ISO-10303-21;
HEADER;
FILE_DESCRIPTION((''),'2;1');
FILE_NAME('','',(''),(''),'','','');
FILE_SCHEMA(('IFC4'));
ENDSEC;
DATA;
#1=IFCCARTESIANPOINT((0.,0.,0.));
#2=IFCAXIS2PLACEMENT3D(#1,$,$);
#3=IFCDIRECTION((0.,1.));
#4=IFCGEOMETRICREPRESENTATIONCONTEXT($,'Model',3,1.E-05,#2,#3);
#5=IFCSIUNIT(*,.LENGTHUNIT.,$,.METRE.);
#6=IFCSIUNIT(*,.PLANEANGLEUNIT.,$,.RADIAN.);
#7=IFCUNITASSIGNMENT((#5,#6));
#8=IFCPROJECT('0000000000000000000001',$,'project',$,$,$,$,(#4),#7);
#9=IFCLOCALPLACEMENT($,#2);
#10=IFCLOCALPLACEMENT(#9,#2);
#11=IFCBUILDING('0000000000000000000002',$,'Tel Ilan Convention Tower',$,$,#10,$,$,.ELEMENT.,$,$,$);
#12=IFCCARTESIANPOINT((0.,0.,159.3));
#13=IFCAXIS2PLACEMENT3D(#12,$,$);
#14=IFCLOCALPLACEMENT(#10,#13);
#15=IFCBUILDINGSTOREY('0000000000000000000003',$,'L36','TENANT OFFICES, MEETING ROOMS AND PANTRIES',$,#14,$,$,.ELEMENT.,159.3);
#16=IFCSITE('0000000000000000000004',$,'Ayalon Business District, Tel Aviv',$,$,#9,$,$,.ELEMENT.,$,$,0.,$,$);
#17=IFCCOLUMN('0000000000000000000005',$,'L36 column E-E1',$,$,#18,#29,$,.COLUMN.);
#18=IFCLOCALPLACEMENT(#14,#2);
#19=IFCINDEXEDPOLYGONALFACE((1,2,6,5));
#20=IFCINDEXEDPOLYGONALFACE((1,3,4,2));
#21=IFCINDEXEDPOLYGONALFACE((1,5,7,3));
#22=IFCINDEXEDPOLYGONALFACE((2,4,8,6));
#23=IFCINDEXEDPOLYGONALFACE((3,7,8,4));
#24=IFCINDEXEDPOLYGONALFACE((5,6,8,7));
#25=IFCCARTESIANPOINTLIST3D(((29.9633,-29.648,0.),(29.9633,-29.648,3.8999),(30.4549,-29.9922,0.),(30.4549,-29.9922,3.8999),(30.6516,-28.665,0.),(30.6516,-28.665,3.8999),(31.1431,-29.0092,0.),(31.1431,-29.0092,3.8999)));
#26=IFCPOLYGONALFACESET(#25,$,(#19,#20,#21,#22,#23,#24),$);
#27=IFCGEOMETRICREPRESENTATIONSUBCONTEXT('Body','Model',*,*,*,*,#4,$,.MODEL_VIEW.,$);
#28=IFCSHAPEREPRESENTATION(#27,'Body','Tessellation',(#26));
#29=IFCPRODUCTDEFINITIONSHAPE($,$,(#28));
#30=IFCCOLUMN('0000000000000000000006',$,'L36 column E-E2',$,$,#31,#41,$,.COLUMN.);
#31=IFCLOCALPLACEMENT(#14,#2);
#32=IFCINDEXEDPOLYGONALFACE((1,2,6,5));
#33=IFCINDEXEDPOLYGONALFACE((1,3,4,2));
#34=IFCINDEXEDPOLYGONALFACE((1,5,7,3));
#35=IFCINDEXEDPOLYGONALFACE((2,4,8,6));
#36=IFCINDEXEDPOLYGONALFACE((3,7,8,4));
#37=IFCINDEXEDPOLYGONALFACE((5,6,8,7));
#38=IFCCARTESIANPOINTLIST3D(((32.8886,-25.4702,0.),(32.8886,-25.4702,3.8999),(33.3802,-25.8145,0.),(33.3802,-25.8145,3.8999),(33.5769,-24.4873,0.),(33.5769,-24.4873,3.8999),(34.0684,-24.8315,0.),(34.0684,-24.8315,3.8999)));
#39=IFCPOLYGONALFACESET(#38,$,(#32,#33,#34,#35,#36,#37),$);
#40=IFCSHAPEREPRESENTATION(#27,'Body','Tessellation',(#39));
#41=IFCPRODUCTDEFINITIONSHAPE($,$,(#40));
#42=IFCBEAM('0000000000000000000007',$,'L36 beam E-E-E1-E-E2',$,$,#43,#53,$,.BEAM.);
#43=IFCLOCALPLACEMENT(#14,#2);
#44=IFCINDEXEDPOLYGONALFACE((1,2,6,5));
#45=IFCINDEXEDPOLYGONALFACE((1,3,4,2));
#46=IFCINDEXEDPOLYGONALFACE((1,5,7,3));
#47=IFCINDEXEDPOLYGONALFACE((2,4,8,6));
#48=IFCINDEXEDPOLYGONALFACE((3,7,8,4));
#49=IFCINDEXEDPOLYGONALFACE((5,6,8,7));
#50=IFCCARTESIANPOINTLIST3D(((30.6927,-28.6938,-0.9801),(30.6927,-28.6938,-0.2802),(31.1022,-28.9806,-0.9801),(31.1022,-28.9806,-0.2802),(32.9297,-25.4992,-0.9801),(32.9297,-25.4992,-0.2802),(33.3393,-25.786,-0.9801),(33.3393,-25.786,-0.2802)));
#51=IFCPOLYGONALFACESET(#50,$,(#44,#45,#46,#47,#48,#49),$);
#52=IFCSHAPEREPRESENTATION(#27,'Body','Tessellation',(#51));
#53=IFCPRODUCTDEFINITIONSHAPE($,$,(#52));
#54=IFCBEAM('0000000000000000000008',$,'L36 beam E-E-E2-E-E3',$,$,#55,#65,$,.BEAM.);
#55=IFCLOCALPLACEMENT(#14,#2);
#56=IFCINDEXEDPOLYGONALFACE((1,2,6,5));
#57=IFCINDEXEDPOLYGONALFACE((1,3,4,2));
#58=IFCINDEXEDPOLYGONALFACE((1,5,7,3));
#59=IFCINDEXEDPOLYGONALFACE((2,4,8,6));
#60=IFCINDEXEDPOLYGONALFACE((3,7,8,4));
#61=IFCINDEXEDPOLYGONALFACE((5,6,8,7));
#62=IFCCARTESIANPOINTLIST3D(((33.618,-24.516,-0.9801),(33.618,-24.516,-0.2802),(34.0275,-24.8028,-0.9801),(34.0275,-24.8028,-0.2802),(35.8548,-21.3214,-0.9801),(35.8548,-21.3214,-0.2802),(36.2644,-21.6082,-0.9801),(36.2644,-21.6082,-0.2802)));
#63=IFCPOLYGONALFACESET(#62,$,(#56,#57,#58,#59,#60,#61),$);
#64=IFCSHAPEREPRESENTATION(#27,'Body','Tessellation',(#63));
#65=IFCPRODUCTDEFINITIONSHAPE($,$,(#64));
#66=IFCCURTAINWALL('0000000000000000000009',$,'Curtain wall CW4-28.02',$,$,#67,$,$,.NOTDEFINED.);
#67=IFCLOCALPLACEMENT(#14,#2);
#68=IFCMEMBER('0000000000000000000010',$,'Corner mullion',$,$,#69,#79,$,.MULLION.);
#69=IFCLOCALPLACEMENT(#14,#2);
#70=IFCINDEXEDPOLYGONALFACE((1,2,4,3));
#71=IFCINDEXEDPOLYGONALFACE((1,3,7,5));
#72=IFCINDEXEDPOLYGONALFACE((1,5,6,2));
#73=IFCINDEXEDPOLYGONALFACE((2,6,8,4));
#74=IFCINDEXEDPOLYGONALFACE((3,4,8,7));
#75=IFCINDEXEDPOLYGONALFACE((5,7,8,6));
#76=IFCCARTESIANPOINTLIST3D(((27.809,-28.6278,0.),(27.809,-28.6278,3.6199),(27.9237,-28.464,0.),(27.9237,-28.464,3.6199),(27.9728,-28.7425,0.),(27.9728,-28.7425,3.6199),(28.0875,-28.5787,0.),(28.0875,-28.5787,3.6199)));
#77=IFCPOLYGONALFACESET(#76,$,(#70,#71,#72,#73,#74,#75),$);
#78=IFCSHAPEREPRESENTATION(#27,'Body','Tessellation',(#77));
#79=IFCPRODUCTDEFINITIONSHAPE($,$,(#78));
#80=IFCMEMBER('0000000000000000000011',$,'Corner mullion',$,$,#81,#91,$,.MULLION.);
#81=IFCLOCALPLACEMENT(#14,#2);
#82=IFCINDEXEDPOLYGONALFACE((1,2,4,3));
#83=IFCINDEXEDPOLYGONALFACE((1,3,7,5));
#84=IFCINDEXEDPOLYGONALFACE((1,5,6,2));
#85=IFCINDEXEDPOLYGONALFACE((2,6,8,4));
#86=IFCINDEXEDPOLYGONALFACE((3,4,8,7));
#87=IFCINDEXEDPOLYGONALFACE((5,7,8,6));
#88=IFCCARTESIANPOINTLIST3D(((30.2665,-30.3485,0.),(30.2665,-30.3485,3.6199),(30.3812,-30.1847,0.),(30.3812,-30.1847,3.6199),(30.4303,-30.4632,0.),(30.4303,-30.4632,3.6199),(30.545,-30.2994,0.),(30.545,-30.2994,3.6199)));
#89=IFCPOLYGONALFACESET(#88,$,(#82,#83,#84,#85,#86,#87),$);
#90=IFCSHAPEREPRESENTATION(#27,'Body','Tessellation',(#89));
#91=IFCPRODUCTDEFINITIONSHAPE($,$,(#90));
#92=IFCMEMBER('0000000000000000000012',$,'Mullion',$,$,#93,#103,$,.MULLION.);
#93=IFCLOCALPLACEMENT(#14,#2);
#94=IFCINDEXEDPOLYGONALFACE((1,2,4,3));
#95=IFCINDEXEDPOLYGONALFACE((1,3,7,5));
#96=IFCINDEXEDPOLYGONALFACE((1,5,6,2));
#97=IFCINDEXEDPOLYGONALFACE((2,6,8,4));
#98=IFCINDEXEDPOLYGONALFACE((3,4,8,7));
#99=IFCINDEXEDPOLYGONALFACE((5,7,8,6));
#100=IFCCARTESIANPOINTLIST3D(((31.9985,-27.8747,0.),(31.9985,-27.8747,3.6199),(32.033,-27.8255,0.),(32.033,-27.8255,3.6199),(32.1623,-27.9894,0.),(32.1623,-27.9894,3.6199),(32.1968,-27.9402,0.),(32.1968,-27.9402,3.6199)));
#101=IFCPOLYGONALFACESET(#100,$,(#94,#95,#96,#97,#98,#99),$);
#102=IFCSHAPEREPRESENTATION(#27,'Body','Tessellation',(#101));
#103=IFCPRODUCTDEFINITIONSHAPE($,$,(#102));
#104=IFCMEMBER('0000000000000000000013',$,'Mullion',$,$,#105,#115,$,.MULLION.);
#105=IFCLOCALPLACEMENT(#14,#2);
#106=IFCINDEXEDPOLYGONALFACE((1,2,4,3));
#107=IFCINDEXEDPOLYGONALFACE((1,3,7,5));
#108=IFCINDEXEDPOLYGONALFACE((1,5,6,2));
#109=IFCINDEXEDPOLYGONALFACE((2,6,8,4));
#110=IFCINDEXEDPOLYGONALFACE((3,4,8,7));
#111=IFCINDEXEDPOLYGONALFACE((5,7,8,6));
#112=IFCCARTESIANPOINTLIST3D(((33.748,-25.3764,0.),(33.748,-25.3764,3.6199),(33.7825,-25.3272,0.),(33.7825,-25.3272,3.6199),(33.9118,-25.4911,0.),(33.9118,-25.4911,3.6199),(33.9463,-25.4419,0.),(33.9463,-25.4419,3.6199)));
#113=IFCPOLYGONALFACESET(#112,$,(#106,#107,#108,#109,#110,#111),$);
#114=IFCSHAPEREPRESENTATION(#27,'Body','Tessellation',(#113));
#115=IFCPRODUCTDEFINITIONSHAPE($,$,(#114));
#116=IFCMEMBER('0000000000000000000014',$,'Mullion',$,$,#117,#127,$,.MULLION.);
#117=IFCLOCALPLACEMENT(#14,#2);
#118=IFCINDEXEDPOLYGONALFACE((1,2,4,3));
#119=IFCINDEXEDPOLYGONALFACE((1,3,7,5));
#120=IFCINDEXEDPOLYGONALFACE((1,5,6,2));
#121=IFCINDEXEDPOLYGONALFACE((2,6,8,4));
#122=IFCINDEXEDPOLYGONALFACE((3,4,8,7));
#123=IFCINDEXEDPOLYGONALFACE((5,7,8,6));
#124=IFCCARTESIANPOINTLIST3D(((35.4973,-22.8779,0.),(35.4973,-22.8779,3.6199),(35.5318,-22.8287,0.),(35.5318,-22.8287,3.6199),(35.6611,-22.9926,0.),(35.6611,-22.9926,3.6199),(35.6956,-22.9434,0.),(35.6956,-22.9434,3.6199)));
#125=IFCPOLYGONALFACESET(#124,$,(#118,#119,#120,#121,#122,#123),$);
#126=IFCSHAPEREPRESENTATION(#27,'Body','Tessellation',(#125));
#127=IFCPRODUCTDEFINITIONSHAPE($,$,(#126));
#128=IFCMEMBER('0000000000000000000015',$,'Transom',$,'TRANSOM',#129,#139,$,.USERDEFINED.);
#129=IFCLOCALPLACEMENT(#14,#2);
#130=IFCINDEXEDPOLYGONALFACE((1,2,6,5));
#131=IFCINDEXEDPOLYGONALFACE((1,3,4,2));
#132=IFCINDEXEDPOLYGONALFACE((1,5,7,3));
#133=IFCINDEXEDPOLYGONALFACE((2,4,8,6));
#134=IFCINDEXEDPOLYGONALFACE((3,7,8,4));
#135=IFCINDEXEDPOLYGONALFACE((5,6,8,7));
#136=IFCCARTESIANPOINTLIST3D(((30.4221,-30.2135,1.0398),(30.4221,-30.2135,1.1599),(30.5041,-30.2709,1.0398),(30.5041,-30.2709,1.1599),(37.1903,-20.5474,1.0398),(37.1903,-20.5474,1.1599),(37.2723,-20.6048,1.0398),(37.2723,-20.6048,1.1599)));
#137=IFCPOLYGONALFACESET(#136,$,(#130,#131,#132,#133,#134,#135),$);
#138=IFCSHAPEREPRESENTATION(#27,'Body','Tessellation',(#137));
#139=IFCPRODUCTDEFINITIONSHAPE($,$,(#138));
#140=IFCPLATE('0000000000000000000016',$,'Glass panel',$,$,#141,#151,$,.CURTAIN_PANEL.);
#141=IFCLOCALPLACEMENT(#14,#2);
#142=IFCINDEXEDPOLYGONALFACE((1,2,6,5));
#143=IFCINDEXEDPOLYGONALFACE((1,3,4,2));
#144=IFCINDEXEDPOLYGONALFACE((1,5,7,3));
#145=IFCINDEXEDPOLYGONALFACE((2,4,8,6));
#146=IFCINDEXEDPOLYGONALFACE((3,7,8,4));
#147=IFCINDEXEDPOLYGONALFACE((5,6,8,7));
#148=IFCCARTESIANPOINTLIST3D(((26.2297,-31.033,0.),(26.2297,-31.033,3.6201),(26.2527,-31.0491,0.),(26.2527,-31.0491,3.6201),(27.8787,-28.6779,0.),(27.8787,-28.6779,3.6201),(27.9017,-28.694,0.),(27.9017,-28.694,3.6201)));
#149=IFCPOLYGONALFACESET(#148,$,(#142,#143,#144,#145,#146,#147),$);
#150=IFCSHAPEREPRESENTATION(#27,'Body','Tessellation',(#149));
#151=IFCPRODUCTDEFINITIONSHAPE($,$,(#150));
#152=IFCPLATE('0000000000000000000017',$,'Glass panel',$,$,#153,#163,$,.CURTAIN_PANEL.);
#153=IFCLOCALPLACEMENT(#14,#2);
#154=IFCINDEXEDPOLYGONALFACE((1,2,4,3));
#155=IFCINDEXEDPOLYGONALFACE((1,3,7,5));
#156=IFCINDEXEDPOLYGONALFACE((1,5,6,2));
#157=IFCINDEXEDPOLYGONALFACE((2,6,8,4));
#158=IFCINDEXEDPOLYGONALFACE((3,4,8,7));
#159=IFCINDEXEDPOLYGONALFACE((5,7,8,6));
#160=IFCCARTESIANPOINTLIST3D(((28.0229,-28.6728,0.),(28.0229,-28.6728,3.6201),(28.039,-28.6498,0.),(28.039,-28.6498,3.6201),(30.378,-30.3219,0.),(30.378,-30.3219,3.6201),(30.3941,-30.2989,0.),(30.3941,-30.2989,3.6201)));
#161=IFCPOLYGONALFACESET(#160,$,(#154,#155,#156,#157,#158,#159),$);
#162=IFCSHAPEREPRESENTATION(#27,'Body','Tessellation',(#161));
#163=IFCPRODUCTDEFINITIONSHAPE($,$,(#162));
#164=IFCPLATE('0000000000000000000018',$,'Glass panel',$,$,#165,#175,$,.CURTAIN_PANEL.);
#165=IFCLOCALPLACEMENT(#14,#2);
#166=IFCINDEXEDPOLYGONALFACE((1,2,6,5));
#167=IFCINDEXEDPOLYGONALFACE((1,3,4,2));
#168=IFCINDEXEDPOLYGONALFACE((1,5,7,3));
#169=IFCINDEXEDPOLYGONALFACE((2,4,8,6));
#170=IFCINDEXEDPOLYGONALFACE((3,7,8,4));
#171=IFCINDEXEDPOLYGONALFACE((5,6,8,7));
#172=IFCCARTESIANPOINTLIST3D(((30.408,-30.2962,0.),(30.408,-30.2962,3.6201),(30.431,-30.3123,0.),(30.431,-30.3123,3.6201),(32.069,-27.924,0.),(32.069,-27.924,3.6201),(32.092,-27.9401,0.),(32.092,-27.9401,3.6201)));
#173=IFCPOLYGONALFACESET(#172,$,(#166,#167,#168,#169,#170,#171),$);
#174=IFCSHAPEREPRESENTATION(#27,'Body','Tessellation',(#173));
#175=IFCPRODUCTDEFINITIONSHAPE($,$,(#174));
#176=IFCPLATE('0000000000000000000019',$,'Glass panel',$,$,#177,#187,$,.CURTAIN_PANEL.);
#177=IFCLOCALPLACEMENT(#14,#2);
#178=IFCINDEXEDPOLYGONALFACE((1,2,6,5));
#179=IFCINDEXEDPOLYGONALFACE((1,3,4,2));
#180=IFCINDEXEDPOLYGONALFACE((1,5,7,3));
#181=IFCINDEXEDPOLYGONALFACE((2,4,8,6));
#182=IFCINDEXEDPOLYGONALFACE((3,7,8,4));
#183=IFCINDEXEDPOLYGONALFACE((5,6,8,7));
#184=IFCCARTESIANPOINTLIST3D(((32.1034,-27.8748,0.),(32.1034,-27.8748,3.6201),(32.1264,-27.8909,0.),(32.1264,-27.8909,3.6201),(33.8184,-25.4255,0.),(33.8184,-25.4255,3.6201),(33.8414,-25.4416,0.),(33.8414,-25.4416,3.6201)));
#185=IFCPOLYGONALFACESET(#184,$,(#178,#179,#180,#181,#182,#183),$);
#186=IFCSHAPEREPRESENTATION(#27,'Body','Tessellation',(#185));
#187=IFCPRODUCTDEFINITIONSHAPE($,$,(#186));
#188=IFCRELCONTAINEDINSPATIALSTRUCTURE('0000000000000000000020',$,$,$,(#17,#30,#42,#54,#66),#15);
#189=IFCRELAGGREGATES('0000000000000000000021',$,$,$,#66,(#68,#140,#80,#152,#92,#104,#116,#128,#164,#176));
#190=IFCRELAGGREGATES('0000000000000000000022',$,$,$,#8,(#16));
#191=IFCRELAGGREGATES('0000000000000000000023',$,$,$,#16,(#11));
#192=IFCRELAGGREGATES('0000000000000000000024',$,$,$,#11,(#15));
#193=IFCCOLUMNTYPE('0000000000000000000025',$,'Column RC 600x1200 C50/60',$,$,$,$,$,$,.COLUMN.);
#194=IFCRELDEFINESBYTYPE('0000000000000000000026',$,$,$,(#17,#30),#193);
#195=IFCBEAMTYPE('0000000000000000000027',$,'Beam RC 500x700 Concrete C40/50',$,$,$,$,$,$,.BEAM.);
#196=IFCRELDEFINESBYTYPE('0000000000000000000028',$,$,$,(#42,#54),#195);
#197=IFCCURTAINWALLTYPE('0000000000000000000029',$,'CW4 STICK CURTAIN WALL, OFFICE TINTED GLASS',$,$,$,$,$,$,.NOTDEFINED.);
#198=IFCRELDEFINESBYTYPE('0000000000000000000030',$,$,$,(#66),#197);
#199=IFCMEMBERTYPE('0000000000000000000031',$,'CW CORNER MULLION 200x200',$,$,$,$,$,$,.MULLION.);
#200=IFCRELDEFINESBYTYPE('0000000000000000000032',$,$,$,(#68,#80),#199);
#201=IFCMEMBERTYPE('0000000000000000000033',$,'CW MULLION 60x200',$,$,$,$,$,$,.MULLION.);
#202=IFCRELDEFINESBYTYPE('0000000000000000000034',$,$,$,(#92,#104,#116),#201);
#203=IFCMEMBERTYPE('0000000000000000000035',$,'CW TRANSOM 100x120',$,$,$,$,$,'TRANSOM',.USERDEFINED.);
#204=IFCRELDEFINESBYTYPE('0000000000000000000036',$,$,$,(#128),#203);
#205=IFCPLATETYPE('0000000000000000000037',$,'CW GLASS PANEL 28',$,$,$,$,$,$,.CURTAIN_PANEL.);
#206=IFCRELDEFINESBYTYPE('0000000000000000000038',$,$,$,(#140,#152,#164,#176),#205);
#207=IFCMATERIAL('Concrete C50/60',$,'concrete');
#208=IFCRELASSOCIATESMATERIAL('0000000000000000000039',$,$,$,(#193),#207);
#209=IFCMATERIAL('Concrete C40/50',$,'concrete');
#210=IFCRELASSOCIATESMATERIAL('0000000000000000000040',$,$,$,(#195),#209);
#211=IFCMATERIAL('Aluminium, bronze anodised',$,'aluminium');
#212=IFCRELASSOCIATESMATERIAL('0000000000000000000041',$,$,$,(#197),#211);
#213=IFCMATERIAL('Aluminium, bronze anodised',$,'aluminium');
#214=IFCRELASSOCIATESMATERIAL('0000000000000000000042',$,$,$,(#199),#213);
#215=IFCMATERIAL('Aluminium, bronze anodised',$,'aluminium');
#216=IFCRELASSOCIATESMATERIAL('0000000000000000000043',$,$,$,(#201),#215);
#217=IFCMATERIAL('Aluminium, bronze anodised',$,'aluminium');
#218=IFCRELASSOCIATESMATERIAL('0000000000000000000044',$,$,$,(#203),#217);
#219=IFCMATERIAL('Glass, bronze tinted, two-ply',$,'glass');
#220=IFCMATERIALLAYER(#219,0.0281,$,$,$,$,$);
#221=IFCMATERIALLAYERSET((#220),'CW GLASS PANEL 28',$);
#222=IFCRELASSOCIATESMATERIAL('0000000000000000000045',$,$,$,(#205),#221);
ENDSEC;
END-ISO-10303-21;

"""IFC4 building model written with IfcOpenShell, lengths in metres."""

from ifc_helpers import new_model, si_unit, direction, frame, origin, origin_2d, place, context, subcontext, project, spatial, rectangle, extrude, material, layer, layer_set, material_profile, profile_set, type_object, element, aggregate, save


model = new_model("IFC4")

# Units and contexts
model_context = context("Model", 3, precision=1e-05, world=origin(), true_north=direction((0.0, 1.0)))
body_context = subcontext(model_context, "Body", "Model", "MODEL_VIEW")
ifc_project = project(units=[si_unit("LENGTHUNIT", "METRE"), si_unit("PLANEANGLEUNIT", "RADIAN")], contexts=[model_context])

# Site, building, storey
site_placement = place(None, origin())
site = spatial("IfcSite", under=ifc_project, at=site_placement, Name="Ayalon Business District, Tel Aviv", CompositionType="ELEMENT", RefElevation=0.0)
building_placement = place(site_placement, origin())
building = spatial("IfcBuilding", under=site, at=building_placement, Name="Tel Ilan Convention Tower", CompositionType="ELEMENT")
storey_placement = place(building_placement, frame((0.0, 0.0, 159.3)))
storey = spatial("IfcBuildingStorey", under=building, at=storey_placement, Name="L36", Description="TENANT OFFICES, MEETING ROOMS AND PANTRIES", CompositionType="ELEMENT", Elevation=159.3)

# Columns
ifc_material_1 = material(Name="Concrete C50/60", Category="concrete")
ifc_material_profile_1 = material_profile(ifc_material_1, rectangle(XDim=1.2, YDim=0.6001, at=origin_2d()), Name="RC 600x1200")
ifc_profile_set_1 = profile_set([ifc_material_profile_1], Name="Concrete C50/60")
column_type = type_object("IfcColumnType", Name="Column RC 600x1200 C50/60", PredefinedType="COLUMN", material=ifc_profile_set_1)
for number, where, z_axis, x_axis, name in (
    (1, (30.5532, -29.3286, 0.0), (0.0, 0.0, 1.0), (0.573576, 0.819152, 0.0), "L36 column E-E1"),
    (2, (33.4785, -25.1509, 0.0), (0.0, 0.0, 1.0), (0.573576, 0.819152, 0.0), "L36 column E-E2"),
):
    element("IfcColumn", number, at=place(storey_placement, frame(where, z_axis=z_axis, x_axis=x_axis)), inside=storey, type_object=column_type, Name=name, PredefinedType="COLUMN", context=body_context, shape_type="SweptSolid", body=[
        extrude(rectangle(XDim=1.2, YDim=0.6001, at=origin_2d()), origin(), (0.0, 0.0, 1.0), 3.8999),
    ])

# Beams
ifc_material_2 = material(Name="Concrete C40/50", Category="concrete")
ifc_material_profile_2 = material_profile(ifc_material_2, rectangle(XDim=0.5, YDim=0.7, at=origin_2d()), Name="RC 500x700")
ifc_profile_set_2 = profile_set([ifc_material_profile_2], Name="Concrete C40/50")
beam_type = type_object("IfcBeamType", Name="Beam RC 500x700 Concrete C40/50", PredefinedType="BEAM", material=ifc_profile_set_2)
for number, where, z_axis, x_axis, name in (
    (3, (30.8975, -28.8372, -0.6301), (0.573609, 0.819129, 0.0), (-0.819129, 0.573609, 0.0), "L36 beam E-E-E1-E-E2"),
    (4, (33.8228, -24.6594, -0.6301), (0.573567, 0.819158, 0.0), (-0.819158, 0.573567, 0.0), "L36 beam E-E-E2-E-E3"),
):
    element("IfcBeam", number, at=place(storey_placement, frame(where, z_axis=z_axis, x_axis=x_axis)), inside=storey, type_object=beam_type, Name=name, PredefinedType="BEAM", context=body_context, shape_type="SweptSolid", body=[
        extrude(rectangle(XDim=0.5, YDim=0.7, at=origin_2d()), origin(), (0.0, 0.0, 1.0), 3.8999),
    ])

# Curtain wall, members, plates
ifc_material_3 = material(Name="Aluminium, bronze anodised", Category="aluminium")
curtain_wall_type = type_object("IfcCurtainWallType", Name="CW4 STICK CURTAIN WALL, OFFICE TINTED GLASS", PredefinedType="NOTDEFINED", material=ifc_material_3)
curtain_wall_placement = place(storey_placement, origin())
curtain_wall = element("IfcCurtainWall", 5, at=curtain_wall_placement, inside=storey, type_object=curtain_wall_type, Name="Curtain wall CW4-28.02", PredefinedType="NOTDEFINED")
ifc_material_4 = material(Name="Aluminium, bronze anodised", Category="aluminium")
ifc_material_profile_3 = material_profile(ifc_material_4, rectangle(XDim=0.2, YDim=0.2, at=origin_2d()), Name="CW CORNER MULLION 200x200")
ifc_profile_set_3 = profile_set([ifc_material_profile_3], Name="Aluminium, bronze anodised")
member_type_1 = type_object("IfcMemberType", Name="CW CORNER MULLION 200x200", PredefinedType="MULLION", material=ifc_profile_set_3)
member_1_placement = place(storey_placement, frame((27.9482, -28.6033, 0.0), z_axis=(0.0, 0.0, 1.0), x_axis=(0.573576, 0.819152, 0.0)))
member_1 = element("IfcMember", 6, at=member_1_placement, type_object=member_type_1, Name="Corner mullion", PredefinedType="MULLION", context=body_context, shape_type="SweptSolid", body=[
    extrude(rectangle(XDim=0.2, YDim=0.2, at=origin_2d()), origin(), (0.0, 0.0, 1.0), 3.6199),
])
member_2_placement = place(storey_placement, frame((30.4058, -30.324, 0.0), z_axis=(0.0, 0.0, 1.0), x_axis=(0.819152, -0.573576, 0.0)))
member_2 = element("IfcMember", 7, at=member_2_placement, type_object=member_type_1, Name="Corner mullion", PredefinedType="MULLION", context=body_context, shape_type="SweptSolid", body=[
    extrude(rectangle(XDim=0.2, YDim=0.2, at=origin_2d()), origin(), (0.0, 0.0, 1.0), 3.6199),
])
ifc_material_5 = material(Name="Aluminium, bronze anodised", Category="aluminium")
ifc_material_profile_4 = material_profile(ifc_material_5, rectangle(XDim=0.0601, YDim=0.2, at=origin_2d()), Name="CW MULLION 60x200")
ifc_profile_set_4 = profile_set([ifc_material_profile_4], Name="Aluminium, bronze anodised")
member_type_2 = type_object("IfcMemberType", Name="CW MULLION 60x200", PredefinedType="MULLION", material=ifc_profile_set_4)
member_3_placement = place(storey_placement, frame((32.0977, -27.9075, 0.0), z_axis=(0.0, 0.0, 1.0), x_axis=(0.573576, 0.819152, 0.0)))
member_3 = element("IfcMember", 8, at=member_3_placement, type_object=member_type_2, Name="Mullion", PredefinedType="MULLION", context=body_context, shape_type="SweptSolid", body=[
    extrude(rectangle(XDim=0.0601, YDim=0.2, at=origin_2d()), origin(), (0.0, 0.0, 1.0), 3.6199),
])
member_4_placement = place(storey_placement, frame((33.8472, -25.4092, 0.0), z_axis=(0.0, 0.0, 1.0), x_axis=(0.573576, 0.819152, 0.0)))
member_4 = element("IfcMember", 9, at=member_4_placement, type_object=member_type_2, Name="Mullion", PredefinedType="MULLION", context=body_context, shape_type="SweptSolid", body=[
    extrude(rectangle(XDim=0.0601, YDim=0.2, at=origin_2d()), origin(), (0.0, 0.0, 1.0), 3.6199),
])
member_5_placement = place(storey_placement, frame((35.5964, -22.9106, 0.0), z_axis=(0.0, 0.0, 1.0), x_axis=(0.573576, 0.819152, 0.0)))
member_5 = element("IfcMember", 10, at=member_5_placement, type_object=member_type_2, Name="Mullion", PredefinedType="MULLION", context=body_context, shape_type="SweptSolid", body=[
    extrude(rectangle(XDim=0.0601, YDim=0.2, at=origin_2d()), origin(), (0.0, 0.0, 1.0), 3.6199),
])
ifc_material_6 = material(Name="Aluminium, bronze anodised", Category="aluminium")
ifc_material_profile_5 = material_profile(ifc_material_6, rectangle(XDim=0.1001, YDim=0.1201, at=origin_2d()), Name="CW TRANSOM 100x120")
ifc_profile_set_5 = profile_set([ifc_material_profile_5], Name="Aluminium, bronze anodised")
member_type_3 = type_object("IfcMemberType", Name="CW TRANSOM 100x120", ElementType="TRANSOM", PredefinedType="USERDEFINED", material=ifc_profile_set_5)
member_6_placement = place(storey_placement, frame((30.4631, -30.2422, 1.0999), z_axis=(0.573568, 0.819158, 0.0), x_axis=(-0.819158, 0.573568, 0.0)))
member_6 = element("IfcMember", 11, at=member_6_placement, type_object=member_type_3, Name="Transom", ObjectType="TRANSOM", PredefinedType="USERDEFINED", context=body_context, shape_type="SweptSolid", body=[
    extrude(rectangle(XDim=0.1001, YDim=0.1201, at=origin_2d()), origin(), (0.0, 0.0, 1.0), 11.8),
])
ifc_material_7 = material(Name="Glass, bronze tinted, two-ply", Category="glass")
ifc_layer_1 = layer(ifc_material_7, 0.0281)
ifc_layer_set_1 = layer_set([ifc_layer_1], Name="CW GLASS PANEL 28")
plate_type = type_object("IfcPlateType", Name="CW GLASS PANEL 28", PredefinedType="CURTAIN_PANEL", material=ifc_layer_set_1)
plate_1_placement = place(storey_placement, frame((27.0657, -29.8635, 0.0), z_axis=(0.0, 0.0, 1.0), x_axis=(0.573576, 0.819152, 0.0)))
plate_1 = element("IfcPlate", 12, at=plate_1_placement, type_object=plate_type, Name="Glass panel", PredefinedType="CURTAIN_PANEL", context=body_context, shape_type="SweptSolid", body=[
    extrude(rectangle(XDim=2.875, YDim=0.0281, at=origin_2d()), origin(), (0.0, 0.0, 1.0), 3.6201),
])
plate_2_placement = place(storey_placement, frame((29.2085, -29.4858, 0.0), z_axis=(0.0, 0.0, 1.0), x_axis=(0.819152, -0.573576, 0.0)))
plate_2 = element("IfcPlate", 13, at=plate_2_placement, type_object=plate_type, Name="Glass panel", PredefinedType="CURTAIN_PANEL", context=body_context, shape_type="SweptSolid", body=[
    extrude(rectangle(XDim=2.875, YDim=0.0281, at=origin_2d()), origin(), (0.0, 0.0, 1.0), 3.6201),
])
plate_3_placement = place(storey_placement, frame((31.25, -29.1182, 0.0), z_axis=(0.0, 0.0, 1.0), x_axis=(0.573576, 0.819152, 0.0)))
plate_3 = element("IfcPlate", 14, at=plate_3_placement, type_object=plate_type, Name="Glass panel", PredefinedType="CURTAIN_PANEL", context=body_context, shape_type="SweptSolid", body=[
    extrude(rectangle(XDim=2.896, YDim=0.0281, at=origin_2d()), origin(), (0.0, 0.0, 1.0), 3.6201),
])
plate_4_placement = place(storey_placement, frame((32.9724, -26.6582, 0.0), z_axis=(0.0, 0.0, 1.0), x_axis=(0.573576, 0.819152, 0.0)))
plate_4 = element("IfcPlate", 15, at=plate_4_placement, type_object=plate_type, Name="Glass panel", PredefinedType="CURTAIN_PANEL", context=body_context, shape_type="SweptSolid", body=[
    extrude(rectangle(XDim=2.99, YDim=0.0281, at=origin_2d()), origin(), (0.0, 0.0, 1.0), 3.6201),
])
aggregate(curtain_wall, [member_1, plate_1, member_2, plate_2, member_3, member_4, member_5, member_6, plate_3, plate_4])

save(model, "model.ifc")
